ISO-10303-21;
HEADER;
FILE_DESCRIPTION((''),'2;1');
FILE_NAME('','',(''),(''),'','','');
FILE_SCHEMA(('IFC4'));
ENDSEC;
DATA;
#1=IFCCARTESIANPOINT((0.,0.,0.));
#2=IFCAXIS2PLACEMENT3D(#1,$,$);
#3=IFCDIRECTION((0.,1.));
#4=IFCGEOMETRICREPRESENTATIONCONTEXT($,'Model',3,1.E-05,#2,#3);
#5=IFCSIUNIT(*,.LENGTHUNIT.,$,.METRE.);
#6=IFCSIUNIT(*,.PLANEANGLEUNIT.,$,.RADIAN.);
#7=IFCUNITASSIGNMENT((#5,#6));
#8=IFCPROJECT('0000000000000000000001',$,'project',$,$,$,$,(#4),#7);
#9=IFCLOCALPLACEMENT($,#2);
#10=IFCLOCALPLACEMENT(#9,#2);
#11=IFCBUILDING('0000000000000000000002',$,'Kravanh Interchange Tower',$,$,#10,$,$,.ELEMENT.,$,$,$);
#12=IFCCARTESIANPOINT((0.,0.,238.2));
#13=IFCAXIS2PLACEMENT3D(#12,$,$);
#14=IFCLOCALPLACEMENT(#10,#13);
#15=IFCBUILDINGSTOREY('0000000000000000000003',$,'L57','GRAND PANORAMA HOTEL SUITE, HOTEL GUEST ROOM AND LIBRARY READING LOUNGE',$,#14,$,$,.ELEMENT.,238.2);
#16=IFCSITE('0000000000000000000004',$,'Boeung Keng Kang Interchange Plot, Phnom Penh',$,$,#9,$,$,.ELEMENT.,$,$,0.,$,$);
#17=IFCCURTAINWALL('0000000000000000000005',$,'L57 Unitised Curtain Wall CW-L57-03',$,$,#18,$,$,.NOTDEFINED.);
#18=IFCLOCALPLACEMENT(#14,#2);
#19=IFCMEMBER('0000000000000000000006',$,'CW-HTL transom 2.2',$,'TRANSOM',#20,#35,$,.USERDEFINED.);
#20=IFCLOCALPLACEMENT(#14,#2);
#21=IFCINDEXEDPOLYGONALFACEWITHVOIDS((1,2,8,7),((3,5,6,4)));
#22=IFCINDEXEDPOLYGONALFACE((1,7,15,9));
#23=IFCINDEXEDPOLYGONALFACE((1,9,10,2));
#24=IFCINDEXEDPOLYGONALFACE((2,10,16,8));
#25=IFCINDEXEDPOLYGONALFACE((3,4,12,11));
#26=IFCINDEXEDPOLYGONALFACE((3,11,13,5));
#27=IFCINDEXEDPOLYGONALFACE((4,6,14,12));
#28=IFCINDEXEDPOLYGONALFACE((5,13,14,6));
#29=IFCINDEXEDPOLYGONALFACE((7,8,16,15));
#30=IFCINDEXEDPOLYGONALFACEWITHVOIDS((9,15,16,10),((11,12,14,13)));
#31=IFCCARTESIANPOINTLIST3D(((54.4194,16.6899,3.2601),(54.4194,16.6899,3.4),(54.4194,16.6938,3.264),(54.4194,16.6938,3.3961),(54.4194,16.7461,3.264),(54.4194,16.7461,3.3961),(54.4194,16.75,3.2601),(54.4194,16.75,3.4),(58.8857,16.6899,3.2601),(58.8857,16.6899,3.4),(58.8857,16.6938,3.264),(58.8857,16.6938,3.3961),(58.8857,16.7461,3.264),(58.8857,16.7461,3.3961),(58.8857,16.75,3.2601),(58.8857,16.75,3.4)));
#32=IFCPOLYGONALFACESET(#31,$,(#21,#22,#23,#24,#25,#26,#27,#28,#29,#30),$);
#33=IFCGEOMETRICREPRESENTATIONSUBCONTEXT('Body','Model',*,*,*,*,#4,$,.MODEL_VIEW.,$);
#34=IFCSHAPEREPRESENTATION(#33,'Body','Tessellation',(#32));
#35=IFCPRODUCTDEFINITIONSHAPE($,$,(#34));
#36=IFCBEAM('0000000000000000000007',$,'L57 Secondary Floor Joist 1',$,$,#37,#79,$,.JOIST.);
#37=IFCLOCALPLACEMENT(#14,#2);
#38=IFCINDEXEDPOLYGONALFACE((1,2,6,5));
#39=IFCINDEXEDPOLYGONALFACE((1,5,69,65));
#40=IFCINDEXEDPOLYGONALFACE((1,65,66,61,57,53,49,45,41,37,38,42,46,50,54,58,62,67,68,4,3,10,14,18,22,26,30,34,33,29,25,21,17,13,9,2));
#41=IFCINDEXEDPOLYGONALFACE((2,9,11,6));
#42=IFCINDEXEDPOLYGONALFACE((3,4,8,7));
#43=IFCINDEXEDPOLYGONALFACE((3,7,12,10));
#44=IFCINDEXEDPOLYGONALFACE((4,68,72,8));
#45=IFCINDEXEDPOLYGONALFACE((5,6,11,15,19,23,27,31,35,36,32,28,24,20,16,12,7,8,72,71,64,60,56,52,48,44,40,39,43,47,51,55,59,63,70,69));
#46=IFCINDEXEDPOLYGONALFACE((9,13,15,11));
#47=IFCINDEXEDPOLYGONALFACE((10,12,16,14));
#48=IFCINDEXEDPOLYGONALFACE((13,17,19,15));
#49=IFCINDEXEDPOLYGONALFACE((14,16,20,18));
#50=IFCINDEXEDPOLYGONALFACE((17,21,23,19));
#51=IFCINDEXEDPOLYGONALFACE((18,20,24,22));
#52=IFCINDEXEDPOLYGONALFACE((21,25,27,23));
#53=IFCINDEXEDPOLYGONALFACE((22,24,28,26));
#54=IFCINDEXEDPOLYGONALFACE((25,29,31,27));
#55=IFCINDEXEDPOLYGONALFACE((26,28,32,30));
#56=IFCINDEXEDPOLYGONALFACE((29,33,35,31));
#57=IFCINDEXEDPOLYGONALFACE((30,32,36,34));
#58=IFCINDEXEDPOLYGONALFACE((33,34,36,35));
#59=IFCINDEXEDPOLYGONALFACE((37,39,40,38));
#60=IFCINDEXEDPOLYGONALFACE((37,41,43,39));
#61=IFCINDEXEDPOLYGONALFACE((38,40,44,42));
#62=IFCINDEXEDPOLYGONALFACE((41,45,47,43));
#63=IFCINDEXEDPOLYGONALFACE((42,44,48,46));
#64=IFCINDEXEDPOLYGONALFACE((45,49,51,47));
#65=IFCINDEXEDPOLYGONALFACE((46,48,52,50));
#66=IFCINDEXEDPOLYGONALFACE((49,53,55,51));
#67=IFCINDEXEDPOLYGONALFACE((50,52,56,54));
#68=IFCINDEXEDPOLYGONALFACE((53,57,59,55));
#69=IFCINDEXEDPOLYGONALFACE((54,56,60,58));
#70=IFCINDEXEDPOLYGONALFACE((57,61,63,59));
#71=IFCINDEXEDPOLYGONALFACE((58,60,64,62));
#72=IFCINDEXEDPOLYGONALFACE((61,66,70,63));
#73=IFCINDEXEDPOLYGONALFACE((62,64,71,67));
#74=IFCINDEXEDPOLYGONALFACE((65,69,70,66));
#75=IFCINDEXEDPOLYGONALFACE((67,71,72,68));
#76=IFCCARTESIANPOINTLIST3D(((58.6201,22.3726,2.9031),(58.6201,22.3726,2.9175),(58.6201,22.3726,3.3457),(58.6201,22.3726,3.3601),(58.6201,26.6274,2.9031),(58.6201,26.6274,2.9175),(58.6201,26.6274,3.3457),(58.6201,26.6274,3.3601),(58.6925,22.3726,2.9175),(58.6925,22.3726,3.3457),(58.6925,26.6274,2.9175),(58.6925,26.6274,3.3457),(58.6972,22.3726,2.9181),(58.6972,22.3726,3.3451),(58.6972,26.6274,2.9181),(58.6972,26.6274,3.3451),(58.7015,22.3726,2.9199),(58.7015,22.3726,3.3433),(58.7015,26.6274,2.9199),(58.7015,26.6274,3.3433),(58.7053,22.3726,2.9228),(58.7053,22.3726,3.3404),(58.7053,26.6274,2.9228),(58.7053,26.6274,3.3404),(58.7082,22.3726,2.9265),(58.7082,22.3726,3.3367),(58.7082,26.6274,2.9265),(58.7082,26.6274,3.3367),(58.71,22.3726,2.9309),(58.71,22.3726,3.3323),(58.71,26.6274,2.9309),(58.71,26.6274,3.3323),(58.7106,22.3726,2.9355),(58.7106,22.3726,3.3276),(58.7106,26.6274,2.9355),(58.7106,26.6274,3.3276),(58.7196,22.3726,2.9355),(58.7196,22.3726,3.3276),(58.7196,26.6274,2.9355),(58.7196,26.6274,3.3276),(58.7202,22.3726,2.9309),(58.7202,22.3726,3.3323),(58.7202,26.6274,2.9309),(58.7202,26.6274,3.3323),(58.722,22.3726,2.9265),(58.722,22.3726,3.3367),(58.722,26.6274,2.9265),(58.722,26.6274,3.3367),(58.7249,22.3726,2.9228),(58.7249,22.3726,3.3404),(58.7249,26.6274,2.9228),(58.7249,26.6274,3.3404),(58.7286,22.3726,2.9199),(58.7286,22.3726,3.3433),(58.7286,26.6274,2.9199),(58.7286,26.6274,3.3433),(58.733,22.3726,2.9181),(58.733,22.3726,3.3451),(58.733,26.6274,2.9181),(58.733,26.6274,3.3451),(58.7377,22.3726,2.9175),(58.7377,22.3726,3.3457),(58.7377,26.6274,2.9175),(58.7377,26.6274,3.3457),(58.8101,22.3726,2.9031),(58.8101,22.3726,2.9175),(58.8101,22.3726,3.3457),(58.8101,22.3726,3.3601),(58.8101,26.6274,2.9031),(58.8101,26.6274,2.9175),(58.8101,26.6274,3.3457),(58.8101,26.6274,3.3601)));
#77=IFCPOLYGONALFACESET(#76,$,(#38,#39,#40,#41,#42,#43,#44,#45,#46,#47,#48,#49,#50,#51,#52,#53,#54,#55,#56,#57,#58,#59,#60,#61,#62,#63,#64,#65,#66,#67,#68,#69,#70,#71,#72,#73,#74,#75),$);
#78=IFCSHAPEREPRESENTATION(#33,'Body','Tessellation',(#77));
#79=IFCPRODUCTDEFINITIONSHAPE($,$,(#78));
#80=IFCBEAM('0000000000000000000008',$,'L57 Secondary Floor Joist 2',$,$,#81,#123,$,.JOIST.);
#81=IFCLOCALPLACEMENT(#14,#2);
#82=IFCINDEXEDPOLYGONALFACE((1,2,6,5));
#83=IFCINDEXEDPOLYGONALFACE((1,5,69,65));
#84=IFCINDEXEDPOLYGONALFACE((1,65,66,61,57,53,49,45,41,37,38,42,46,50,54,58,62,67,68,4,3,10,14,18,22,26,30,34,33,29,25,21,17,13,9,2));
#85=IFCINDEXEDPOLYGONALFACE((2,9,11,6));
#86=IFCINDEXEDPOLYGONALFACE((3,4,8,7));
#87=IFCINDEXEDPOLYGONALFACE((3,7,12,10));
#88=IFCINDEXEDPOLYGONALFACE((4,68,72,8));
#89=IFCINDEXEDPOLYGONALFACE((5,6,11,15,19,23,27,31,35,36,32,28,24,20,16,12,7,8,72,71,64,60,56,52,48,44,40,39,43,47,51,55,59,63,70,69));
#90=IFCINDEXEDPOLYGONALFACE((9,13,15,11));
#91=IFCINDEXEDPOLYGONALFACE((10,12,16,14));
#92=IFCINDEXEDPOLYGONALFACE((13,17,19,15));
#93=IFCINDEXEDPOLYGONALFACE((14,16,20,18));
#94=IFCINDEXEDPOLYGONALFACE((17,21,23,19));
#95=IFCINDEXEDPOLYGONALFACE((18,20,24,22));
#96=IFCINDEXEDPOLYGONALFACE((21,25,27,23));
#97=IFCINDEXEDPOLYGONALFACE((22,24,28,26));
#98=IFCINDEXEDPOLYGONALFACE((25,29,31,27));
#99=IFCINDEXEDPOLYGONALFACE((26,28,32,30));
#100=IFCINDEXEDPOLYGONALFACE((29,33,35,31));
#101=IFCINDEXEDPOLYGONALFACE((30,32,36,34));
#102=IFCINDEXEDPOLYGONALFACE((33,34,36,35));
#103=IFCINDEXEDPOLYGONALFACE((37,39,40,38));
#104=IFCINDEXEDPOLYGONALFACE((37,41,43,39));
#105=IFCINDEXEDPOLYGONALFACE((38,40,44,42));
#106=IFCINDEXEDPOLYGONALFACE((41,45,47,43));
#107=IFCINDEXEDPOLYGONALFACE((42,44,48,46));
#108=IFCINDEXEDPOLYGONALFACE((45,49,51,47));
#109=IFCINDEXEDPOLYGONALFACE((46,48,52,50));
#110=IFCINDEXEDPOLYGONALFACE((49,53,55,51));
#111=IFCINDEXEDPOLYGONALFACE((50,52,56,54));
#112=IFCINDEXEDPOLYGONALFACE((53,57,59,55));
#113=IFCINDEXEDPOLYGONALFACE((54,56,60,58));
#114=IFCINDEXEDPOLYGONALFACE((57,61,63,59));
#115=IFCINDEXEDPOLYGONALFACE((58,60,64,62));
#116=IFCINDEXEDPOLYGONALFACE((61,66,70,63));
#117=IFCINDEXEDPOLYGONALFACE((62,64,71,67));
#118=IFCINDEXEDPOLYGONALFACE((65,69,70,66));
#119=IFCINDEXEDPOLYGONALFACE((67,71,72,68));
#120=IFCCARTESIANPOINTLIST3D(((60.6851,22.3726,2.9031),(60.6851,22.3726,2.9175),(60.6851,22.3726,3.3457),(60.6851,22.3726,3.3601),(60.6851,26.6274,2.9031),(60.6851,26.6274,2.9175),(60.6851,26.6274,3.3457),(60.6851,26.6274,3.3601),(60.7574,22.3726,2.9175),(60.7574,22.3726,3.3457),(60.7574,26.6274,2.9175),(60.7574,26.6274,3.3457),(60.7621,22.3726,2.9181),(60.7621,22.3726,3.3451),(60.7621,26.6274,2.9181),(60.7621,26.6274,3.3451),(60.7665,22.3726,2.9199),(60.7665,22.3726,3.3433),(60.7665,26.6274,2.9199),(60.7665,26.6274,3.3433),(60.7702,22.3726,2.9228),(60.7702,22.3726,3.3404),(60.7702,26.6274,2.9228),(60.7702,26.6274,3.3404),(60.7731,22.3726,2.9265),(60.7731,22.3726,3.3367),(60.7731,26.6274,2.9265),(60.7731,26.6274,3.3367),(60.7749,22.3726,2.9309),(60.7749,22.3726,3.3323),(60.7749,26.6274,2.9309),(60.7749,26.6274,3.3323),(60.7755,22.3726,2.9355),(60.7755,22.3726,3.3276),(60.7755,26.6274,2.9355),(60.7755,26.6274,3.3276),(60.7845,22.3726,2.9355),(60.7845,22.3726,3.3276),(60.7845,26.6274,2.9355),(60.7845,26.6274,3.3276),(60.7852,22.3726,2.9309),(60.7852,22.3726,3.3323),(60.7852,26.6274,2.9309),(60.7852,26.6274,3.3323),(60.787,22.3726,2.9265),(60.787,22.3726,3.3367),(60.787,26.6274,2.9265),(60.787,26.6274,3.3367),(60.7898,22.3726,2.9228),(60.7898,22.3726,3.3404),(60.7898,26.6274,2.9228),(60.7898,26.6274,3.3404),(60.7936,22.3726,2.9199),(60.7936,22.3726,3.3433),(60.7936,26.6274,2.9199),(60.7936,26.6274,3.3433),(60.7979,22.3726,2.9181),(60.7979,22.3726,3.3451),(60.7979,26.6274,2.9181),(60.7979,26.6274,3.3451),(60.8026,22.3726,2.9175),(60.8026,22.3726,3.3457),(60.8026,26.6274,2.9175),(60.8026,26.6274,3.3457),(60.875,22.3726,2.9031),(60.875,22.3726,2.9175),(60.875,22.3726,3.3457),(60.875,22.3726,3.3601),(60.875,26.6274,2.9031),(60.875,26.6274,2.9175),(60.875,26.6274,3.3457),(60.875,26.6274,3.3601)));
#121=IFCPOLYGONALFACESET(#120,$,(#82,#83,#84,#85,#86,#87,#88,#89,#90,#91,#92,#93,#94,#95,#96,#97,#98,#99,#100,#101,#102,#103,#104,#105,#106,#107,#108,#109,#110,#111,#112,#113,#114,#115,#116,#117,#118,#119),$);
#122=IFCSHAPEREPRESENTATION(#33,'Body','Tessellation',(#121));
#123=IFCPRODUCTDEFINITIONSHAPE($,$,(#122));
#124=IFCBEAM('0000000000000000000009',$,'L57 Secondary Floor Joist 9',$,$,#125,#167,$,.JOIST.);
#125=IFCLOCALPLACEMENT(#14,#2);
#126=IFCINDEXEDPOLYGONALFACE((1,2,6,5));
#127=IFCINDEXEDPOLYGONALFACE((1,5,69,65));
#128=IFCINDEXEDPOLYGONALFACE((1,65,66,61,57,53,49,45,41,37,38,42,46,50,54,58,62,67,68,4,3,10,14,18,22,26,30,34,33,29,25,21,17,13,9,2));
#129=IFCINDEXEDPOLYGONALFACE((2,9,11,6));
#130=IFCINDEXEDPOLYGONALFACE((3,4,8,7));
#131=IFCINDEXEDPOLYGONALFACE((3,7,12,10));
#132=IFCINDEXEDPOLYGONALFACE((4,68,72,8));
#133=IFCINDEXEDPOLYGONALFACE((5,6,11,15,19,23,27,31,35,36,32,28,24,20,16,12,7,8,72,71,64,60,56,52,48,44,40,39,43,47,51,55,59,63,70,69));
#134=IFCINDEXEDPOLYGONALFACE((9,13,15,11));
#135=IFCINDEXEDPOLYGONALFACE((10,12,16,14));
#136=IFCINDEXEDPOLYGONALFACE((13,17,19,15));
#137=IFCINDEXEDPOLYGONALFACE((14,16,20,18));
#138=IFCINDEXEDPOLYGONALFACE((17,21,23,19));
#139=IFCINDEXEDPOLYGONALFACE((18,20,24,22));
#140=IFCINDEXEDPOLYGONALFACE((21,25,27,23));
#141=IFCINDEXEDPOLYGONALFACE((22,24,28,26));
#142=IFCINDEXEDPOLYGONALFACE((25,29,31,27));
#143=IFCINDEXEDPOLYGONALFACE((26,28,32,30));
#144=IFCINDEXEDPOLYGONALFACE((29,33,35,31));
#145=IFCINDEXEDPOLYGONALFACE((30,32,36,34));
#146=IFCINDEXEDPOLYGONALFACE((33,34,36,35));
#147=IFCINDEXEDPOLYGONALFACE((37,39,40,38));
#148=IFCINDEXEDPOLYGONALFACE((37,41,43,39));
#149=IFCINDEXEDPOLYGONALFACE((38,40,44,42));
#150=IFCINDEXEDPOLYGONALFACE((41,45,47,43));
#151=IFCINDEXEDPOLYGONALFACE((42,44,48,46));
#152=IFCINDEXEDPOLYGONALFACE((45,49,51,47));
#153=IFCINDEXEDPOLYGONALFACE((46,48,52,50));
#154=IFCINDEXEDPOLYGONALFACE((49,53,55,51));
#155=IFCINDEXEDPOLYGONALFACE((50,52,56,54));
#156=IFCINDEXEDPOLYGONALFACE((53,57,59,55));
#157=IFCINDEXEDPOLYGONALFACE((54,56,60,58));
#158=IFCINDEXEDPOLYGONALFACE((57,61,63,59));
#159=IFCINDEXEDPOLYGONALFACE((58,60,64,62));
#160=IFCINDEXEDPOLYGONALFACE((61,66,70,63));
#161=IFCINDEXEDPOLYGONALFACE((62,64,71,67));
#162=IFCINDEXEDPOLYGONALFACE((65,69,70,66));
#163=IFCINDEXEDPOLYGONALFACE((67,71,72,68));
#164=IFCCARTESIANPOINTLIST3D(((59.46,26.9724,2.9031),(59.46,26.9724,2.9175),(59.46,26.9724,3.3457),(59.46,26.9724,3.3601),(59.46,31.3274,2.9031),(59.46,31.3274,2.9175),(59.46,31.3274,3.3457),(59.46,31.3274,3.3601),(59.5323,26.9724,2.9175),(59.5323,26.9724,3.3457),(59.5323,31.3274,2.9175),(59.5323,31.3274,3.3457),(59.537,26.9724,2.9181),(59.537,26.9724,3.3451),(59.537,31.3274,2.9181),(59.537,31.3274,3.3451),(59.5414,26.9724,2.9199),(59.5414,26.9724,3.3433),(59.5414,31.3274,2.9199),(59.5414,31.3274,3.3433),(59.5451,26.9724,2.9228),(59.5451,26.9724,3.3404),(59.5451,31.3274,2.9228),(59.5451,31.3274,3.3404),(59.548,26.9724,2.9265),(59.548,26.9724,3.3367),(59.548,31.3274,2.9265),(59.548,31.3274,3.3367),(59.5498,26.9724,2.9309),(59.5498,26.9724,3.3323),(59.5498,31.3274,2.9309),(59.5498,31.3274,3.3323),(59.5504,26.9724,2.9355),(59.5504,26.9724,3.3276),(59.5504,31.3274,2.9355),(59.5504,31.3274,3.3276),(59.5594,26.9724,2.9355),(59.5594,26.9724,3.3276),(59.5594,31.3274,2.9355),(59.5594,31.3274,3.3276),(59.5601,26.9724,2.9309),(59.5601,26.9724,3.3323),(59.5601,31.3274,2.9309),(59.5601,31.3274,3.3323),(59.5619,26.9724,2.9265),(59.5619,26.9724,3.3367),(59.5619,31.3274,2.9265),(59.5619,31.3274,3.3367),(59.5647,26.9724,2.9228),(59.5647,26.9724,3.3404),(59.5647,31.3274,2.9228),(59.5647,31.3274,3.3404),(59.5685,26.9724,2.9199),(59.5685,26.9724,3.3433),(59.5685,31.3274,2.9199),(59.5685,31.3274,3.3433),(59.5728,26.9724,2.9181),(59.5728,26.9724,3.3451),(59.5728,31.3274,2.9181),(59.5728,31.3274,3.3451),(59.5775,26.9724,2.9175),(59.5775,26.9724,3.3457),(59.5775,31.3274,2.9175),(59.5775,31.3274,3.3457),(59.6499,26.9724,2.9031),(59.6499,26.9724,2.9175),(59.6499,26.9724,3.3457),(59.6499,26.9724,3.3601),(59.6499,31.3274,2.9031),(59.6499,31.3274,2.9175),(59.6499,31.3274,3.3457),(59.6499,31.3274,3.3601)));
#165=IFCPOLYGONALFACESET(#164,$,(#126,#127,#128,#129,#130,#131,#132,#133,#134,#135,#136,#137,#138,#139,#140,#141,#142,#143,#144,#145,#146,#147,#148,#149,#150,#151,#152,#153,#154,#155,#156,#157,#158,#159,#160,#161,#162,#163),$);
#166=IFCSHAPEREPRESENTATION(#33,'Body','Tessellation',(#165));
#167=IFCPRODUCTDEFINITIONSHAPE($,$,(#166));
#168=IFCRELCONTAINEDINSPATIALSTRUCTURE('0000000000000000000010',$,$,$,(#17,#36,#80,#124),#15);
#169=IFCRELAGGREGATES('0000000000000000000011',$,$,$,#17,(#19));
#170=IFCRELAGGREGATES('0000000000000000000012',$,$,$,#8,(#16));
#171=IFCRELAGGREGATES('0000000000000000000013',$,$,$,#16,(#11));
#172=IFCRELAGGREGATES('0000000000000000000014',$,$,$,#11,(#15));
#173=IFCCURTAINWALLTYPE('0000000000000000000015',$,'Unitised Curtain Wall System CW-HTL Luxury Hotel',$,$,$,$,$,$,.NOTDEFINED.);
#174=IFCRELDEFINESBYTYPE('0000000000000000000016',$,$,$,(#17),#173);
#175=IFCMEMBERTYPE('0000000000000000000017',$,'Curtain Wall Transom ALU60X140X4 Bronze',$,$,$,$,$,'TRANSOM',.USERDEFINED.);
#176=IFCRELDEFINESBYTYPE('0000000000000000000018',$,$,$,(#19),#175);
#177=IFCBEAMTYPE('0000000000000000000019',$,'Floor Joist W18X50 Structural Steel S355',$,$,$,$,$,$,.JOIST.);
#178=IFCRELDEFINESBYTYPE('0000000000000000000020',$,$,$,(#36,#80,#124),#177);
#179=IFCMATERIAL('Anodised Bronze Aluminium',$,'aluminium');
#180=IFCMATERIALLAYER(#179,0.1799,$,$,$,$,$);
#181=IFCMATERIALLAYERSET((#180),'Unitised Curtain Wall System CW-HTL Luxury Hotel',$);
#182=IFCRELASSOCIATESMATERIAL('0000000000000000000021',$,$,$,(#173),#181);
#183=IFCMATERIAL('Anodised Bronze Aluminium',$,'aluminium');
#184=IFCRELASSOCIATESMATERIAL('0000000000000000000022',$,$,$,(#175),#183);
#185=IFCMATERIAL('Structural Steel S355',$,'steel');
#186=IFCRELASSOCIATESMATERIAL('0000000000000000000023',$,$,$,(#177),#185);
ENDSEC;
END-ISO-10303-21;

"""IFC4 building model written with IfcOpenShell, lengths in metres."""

from ifc_helpers import new_model, si_unit, direction, frame, origin, origin_2d, place, context, subcontext, project, spatial, hollow_rectangle, i_section, extrude, material, layer, layer_set, material_profile, profile_set, type_object, element, aggregate, save


model = new_model("IFC4")

# Units and contexts
model_context = context("Model", 3, precision=1e-05, world=origin(), true_north=direction((0.0, 1.0)))
body_context = subcontext(model_context, "Body", "Model", "MODEL_VIEW")
ifc_project = project(units=[si_unit("LENGTHUNIT", "METRE"), si_unit("PLANEANGLEUNIT", "RADIAN")], contexts=[model_context])

# Site, building, storey
site_placement = place(None, origin())
site = spatial("IfcSite", under=ifc_project, at=site_placement, Name="Boeung Keng Kang Interchange Plot, Phnom Penh", CompositionType="ELEMENT", RefElevation=0.0)
building_placement = place(site_placement, origin())
building = spatial("IfcBuilding", under=site, at=building_placement, Name="Kravanh Interchange Tower", CompositionType="ELEMENT")
storey_placement = place(building_placement, frame((0.0, 0.0, 238.2)))
storey = spatial("IfcBuildingStorey", under=building, at=storey_placement, Name="L57", Description="GRAND PANORAMA HOTEL SUITE, HOTEL GUEST ROOM AND LIBRARY READING LOUNGE", CompositionType="ELEMENT", Elevation=238.2)

# Curtain wall
ifc_material_1 = material(Name="Anodised Bronze Aluminium", Category="aluminium")
ifc_layer_1 = layer(ifc_material_1, 0.1799)
ifc_layer_set_1 = layer_set([ifc_layer_1], Name="Unitised Curtain Wall System CW-HTL Luxury Hotel")
curtain_wall_type = type_object("IfcCurtainWallType", Name="Unitised Curtain Wall System CW-HTL Luxury Hotel", PredefinedType="NOTDEFINED", material=ifc_layer_set_1)
curtain_wall_1_placement = place(storey_placement, origin())
curtain_wall_1 = element("IfcCurtainWall", 1, at=curtain_wall_1_placement, inside=storey, type_object=curtain_wall_type, Name="L57 Unitised Curtain Wall CW-L57-03", PredefinedType="NOTDEFINED")

# Member
ifc_material_2 = material(Name="Anodised Bronze Aluminium", Category="aluminium")
ifc_material_profile_1 = material_profile(ifc_material_2, hollow_rectangle(XDim=0.0601, YDim=0.1399, WallThickness=0.0039, at=origin_2d()), Name="ALU60X140X4")
ifc_profile_set_1 = profile_set([ifc_material_profile_1], Name="Anodised Bronze Aluminium")
member_type_1 = type_object("IfcMemberType", Name="Curtain Wall Transom ALU60X140X4 Bronze", ElementType="TRANSOM", PredefinedType="USERDEFINED", material=ifc_profile_set_1)
member_1_placement = place(storey_placement, frame((58.8857, 16.72, 3.3301), z_axis=(-1.0, 0.0, 0.0), x_axis=(0.0, -1.0, 0.0)))
member_1 = element("IfcMember", 2, at=member_1_placement, type_object=member_type_1, Name="CW-HTL transom 2.2", ObjectType="TRANSOM", PredefinedType="USERDEFINED", context=body_context, shape_type="SweptSolid", body=[
    extrude(hollow_rectangle(XDim=0.0601, YDim=0.1399, WallThickness=0.0039, at=origin_2d()), origin(), (0.0, 0.0, 1.0), 4.4663),
])

# Beams
ifc_material_3 = material(Name="Structural Steel S355", Category="steel")
ifc_material_profile_2 = material_profile(ifc_material_3, i_section(OverallWidth=0.1899, OverallDepth=0.457, WebThickness=0.009, FlangeThickness=0.0144, FilletRadius=0.0181, at=origin_2d()), Name="W18X50")
ifc_profile_set_2 = profile_set([ifc_material_profile_2], Name="Structural Steel S355")
beam_type_1 = type_object("IfcBeamType", Name="Floor Joist W18X50 Structural Steel S355", PredefinedType="JOIST", material=ifc_profile_set_2)
for number, where, z_axis, x_axis, name in (
    (3, (58.7151, 22.3726, 3.1316), (0.0, 1.0, 0.0), (-1.0, 0.0, 0.0), "L57 Secondary Floor Joist 1"),
    (4, (60.78, 22.3726, 3.1316), (0.0, 1.0, 0.0), (-1.0, 0.0, 0.0), "L57 Secondary Floor Joist 2"),
):
    element("IfcBeam", number, at=place(storey_placement, frame(where, z_axis=z_axis, x_axis=x_axis)), inside=storey, type_object=beam_type_1, Name=name, PredefinedType="JOIST", context=body_context, shape_type="SweptSolid", body=[
        extrude(i_section(OverallWidth=0.1899, OverallDepth=0.457, WebThickness=0.009, FlangeThickness=0.0144, FilletRadius=0.0181, at=origin_2d()), origin(), (0.0, 0.0, 1.0), 4.2549),
    ])
for number, where, z_axis, x_axis, name in (
    (5, (59.5549, 26.9724, 3.1316), (0.0, 1.0, 0.0), (-1.0, 0.0, 0.0), "L57 Secondary Floor Joist 9"),
):
    element("IfcBeam", number, at=place(storey_placement, frame(where, z_axis=z_axis, x_axis=x_axis)), inside=storey, type_object=beam_type_1, Name=name, PredefinedType="JOIST", context=body_context, shape_type="SweptSolid", body=[
        extrude(i_section(OverallWidth=0.1899, OverallDepth=0.457, WebThickness=0.009, FlangeThickness=0.0144, FilletRadius=0.0181, at=origin_2d()), origin(), (0.0, 0.0, 1.0), 4.355),
    ])

aggregate(curtain_wall_1, [member_1])

save(model, "model.ifc")
